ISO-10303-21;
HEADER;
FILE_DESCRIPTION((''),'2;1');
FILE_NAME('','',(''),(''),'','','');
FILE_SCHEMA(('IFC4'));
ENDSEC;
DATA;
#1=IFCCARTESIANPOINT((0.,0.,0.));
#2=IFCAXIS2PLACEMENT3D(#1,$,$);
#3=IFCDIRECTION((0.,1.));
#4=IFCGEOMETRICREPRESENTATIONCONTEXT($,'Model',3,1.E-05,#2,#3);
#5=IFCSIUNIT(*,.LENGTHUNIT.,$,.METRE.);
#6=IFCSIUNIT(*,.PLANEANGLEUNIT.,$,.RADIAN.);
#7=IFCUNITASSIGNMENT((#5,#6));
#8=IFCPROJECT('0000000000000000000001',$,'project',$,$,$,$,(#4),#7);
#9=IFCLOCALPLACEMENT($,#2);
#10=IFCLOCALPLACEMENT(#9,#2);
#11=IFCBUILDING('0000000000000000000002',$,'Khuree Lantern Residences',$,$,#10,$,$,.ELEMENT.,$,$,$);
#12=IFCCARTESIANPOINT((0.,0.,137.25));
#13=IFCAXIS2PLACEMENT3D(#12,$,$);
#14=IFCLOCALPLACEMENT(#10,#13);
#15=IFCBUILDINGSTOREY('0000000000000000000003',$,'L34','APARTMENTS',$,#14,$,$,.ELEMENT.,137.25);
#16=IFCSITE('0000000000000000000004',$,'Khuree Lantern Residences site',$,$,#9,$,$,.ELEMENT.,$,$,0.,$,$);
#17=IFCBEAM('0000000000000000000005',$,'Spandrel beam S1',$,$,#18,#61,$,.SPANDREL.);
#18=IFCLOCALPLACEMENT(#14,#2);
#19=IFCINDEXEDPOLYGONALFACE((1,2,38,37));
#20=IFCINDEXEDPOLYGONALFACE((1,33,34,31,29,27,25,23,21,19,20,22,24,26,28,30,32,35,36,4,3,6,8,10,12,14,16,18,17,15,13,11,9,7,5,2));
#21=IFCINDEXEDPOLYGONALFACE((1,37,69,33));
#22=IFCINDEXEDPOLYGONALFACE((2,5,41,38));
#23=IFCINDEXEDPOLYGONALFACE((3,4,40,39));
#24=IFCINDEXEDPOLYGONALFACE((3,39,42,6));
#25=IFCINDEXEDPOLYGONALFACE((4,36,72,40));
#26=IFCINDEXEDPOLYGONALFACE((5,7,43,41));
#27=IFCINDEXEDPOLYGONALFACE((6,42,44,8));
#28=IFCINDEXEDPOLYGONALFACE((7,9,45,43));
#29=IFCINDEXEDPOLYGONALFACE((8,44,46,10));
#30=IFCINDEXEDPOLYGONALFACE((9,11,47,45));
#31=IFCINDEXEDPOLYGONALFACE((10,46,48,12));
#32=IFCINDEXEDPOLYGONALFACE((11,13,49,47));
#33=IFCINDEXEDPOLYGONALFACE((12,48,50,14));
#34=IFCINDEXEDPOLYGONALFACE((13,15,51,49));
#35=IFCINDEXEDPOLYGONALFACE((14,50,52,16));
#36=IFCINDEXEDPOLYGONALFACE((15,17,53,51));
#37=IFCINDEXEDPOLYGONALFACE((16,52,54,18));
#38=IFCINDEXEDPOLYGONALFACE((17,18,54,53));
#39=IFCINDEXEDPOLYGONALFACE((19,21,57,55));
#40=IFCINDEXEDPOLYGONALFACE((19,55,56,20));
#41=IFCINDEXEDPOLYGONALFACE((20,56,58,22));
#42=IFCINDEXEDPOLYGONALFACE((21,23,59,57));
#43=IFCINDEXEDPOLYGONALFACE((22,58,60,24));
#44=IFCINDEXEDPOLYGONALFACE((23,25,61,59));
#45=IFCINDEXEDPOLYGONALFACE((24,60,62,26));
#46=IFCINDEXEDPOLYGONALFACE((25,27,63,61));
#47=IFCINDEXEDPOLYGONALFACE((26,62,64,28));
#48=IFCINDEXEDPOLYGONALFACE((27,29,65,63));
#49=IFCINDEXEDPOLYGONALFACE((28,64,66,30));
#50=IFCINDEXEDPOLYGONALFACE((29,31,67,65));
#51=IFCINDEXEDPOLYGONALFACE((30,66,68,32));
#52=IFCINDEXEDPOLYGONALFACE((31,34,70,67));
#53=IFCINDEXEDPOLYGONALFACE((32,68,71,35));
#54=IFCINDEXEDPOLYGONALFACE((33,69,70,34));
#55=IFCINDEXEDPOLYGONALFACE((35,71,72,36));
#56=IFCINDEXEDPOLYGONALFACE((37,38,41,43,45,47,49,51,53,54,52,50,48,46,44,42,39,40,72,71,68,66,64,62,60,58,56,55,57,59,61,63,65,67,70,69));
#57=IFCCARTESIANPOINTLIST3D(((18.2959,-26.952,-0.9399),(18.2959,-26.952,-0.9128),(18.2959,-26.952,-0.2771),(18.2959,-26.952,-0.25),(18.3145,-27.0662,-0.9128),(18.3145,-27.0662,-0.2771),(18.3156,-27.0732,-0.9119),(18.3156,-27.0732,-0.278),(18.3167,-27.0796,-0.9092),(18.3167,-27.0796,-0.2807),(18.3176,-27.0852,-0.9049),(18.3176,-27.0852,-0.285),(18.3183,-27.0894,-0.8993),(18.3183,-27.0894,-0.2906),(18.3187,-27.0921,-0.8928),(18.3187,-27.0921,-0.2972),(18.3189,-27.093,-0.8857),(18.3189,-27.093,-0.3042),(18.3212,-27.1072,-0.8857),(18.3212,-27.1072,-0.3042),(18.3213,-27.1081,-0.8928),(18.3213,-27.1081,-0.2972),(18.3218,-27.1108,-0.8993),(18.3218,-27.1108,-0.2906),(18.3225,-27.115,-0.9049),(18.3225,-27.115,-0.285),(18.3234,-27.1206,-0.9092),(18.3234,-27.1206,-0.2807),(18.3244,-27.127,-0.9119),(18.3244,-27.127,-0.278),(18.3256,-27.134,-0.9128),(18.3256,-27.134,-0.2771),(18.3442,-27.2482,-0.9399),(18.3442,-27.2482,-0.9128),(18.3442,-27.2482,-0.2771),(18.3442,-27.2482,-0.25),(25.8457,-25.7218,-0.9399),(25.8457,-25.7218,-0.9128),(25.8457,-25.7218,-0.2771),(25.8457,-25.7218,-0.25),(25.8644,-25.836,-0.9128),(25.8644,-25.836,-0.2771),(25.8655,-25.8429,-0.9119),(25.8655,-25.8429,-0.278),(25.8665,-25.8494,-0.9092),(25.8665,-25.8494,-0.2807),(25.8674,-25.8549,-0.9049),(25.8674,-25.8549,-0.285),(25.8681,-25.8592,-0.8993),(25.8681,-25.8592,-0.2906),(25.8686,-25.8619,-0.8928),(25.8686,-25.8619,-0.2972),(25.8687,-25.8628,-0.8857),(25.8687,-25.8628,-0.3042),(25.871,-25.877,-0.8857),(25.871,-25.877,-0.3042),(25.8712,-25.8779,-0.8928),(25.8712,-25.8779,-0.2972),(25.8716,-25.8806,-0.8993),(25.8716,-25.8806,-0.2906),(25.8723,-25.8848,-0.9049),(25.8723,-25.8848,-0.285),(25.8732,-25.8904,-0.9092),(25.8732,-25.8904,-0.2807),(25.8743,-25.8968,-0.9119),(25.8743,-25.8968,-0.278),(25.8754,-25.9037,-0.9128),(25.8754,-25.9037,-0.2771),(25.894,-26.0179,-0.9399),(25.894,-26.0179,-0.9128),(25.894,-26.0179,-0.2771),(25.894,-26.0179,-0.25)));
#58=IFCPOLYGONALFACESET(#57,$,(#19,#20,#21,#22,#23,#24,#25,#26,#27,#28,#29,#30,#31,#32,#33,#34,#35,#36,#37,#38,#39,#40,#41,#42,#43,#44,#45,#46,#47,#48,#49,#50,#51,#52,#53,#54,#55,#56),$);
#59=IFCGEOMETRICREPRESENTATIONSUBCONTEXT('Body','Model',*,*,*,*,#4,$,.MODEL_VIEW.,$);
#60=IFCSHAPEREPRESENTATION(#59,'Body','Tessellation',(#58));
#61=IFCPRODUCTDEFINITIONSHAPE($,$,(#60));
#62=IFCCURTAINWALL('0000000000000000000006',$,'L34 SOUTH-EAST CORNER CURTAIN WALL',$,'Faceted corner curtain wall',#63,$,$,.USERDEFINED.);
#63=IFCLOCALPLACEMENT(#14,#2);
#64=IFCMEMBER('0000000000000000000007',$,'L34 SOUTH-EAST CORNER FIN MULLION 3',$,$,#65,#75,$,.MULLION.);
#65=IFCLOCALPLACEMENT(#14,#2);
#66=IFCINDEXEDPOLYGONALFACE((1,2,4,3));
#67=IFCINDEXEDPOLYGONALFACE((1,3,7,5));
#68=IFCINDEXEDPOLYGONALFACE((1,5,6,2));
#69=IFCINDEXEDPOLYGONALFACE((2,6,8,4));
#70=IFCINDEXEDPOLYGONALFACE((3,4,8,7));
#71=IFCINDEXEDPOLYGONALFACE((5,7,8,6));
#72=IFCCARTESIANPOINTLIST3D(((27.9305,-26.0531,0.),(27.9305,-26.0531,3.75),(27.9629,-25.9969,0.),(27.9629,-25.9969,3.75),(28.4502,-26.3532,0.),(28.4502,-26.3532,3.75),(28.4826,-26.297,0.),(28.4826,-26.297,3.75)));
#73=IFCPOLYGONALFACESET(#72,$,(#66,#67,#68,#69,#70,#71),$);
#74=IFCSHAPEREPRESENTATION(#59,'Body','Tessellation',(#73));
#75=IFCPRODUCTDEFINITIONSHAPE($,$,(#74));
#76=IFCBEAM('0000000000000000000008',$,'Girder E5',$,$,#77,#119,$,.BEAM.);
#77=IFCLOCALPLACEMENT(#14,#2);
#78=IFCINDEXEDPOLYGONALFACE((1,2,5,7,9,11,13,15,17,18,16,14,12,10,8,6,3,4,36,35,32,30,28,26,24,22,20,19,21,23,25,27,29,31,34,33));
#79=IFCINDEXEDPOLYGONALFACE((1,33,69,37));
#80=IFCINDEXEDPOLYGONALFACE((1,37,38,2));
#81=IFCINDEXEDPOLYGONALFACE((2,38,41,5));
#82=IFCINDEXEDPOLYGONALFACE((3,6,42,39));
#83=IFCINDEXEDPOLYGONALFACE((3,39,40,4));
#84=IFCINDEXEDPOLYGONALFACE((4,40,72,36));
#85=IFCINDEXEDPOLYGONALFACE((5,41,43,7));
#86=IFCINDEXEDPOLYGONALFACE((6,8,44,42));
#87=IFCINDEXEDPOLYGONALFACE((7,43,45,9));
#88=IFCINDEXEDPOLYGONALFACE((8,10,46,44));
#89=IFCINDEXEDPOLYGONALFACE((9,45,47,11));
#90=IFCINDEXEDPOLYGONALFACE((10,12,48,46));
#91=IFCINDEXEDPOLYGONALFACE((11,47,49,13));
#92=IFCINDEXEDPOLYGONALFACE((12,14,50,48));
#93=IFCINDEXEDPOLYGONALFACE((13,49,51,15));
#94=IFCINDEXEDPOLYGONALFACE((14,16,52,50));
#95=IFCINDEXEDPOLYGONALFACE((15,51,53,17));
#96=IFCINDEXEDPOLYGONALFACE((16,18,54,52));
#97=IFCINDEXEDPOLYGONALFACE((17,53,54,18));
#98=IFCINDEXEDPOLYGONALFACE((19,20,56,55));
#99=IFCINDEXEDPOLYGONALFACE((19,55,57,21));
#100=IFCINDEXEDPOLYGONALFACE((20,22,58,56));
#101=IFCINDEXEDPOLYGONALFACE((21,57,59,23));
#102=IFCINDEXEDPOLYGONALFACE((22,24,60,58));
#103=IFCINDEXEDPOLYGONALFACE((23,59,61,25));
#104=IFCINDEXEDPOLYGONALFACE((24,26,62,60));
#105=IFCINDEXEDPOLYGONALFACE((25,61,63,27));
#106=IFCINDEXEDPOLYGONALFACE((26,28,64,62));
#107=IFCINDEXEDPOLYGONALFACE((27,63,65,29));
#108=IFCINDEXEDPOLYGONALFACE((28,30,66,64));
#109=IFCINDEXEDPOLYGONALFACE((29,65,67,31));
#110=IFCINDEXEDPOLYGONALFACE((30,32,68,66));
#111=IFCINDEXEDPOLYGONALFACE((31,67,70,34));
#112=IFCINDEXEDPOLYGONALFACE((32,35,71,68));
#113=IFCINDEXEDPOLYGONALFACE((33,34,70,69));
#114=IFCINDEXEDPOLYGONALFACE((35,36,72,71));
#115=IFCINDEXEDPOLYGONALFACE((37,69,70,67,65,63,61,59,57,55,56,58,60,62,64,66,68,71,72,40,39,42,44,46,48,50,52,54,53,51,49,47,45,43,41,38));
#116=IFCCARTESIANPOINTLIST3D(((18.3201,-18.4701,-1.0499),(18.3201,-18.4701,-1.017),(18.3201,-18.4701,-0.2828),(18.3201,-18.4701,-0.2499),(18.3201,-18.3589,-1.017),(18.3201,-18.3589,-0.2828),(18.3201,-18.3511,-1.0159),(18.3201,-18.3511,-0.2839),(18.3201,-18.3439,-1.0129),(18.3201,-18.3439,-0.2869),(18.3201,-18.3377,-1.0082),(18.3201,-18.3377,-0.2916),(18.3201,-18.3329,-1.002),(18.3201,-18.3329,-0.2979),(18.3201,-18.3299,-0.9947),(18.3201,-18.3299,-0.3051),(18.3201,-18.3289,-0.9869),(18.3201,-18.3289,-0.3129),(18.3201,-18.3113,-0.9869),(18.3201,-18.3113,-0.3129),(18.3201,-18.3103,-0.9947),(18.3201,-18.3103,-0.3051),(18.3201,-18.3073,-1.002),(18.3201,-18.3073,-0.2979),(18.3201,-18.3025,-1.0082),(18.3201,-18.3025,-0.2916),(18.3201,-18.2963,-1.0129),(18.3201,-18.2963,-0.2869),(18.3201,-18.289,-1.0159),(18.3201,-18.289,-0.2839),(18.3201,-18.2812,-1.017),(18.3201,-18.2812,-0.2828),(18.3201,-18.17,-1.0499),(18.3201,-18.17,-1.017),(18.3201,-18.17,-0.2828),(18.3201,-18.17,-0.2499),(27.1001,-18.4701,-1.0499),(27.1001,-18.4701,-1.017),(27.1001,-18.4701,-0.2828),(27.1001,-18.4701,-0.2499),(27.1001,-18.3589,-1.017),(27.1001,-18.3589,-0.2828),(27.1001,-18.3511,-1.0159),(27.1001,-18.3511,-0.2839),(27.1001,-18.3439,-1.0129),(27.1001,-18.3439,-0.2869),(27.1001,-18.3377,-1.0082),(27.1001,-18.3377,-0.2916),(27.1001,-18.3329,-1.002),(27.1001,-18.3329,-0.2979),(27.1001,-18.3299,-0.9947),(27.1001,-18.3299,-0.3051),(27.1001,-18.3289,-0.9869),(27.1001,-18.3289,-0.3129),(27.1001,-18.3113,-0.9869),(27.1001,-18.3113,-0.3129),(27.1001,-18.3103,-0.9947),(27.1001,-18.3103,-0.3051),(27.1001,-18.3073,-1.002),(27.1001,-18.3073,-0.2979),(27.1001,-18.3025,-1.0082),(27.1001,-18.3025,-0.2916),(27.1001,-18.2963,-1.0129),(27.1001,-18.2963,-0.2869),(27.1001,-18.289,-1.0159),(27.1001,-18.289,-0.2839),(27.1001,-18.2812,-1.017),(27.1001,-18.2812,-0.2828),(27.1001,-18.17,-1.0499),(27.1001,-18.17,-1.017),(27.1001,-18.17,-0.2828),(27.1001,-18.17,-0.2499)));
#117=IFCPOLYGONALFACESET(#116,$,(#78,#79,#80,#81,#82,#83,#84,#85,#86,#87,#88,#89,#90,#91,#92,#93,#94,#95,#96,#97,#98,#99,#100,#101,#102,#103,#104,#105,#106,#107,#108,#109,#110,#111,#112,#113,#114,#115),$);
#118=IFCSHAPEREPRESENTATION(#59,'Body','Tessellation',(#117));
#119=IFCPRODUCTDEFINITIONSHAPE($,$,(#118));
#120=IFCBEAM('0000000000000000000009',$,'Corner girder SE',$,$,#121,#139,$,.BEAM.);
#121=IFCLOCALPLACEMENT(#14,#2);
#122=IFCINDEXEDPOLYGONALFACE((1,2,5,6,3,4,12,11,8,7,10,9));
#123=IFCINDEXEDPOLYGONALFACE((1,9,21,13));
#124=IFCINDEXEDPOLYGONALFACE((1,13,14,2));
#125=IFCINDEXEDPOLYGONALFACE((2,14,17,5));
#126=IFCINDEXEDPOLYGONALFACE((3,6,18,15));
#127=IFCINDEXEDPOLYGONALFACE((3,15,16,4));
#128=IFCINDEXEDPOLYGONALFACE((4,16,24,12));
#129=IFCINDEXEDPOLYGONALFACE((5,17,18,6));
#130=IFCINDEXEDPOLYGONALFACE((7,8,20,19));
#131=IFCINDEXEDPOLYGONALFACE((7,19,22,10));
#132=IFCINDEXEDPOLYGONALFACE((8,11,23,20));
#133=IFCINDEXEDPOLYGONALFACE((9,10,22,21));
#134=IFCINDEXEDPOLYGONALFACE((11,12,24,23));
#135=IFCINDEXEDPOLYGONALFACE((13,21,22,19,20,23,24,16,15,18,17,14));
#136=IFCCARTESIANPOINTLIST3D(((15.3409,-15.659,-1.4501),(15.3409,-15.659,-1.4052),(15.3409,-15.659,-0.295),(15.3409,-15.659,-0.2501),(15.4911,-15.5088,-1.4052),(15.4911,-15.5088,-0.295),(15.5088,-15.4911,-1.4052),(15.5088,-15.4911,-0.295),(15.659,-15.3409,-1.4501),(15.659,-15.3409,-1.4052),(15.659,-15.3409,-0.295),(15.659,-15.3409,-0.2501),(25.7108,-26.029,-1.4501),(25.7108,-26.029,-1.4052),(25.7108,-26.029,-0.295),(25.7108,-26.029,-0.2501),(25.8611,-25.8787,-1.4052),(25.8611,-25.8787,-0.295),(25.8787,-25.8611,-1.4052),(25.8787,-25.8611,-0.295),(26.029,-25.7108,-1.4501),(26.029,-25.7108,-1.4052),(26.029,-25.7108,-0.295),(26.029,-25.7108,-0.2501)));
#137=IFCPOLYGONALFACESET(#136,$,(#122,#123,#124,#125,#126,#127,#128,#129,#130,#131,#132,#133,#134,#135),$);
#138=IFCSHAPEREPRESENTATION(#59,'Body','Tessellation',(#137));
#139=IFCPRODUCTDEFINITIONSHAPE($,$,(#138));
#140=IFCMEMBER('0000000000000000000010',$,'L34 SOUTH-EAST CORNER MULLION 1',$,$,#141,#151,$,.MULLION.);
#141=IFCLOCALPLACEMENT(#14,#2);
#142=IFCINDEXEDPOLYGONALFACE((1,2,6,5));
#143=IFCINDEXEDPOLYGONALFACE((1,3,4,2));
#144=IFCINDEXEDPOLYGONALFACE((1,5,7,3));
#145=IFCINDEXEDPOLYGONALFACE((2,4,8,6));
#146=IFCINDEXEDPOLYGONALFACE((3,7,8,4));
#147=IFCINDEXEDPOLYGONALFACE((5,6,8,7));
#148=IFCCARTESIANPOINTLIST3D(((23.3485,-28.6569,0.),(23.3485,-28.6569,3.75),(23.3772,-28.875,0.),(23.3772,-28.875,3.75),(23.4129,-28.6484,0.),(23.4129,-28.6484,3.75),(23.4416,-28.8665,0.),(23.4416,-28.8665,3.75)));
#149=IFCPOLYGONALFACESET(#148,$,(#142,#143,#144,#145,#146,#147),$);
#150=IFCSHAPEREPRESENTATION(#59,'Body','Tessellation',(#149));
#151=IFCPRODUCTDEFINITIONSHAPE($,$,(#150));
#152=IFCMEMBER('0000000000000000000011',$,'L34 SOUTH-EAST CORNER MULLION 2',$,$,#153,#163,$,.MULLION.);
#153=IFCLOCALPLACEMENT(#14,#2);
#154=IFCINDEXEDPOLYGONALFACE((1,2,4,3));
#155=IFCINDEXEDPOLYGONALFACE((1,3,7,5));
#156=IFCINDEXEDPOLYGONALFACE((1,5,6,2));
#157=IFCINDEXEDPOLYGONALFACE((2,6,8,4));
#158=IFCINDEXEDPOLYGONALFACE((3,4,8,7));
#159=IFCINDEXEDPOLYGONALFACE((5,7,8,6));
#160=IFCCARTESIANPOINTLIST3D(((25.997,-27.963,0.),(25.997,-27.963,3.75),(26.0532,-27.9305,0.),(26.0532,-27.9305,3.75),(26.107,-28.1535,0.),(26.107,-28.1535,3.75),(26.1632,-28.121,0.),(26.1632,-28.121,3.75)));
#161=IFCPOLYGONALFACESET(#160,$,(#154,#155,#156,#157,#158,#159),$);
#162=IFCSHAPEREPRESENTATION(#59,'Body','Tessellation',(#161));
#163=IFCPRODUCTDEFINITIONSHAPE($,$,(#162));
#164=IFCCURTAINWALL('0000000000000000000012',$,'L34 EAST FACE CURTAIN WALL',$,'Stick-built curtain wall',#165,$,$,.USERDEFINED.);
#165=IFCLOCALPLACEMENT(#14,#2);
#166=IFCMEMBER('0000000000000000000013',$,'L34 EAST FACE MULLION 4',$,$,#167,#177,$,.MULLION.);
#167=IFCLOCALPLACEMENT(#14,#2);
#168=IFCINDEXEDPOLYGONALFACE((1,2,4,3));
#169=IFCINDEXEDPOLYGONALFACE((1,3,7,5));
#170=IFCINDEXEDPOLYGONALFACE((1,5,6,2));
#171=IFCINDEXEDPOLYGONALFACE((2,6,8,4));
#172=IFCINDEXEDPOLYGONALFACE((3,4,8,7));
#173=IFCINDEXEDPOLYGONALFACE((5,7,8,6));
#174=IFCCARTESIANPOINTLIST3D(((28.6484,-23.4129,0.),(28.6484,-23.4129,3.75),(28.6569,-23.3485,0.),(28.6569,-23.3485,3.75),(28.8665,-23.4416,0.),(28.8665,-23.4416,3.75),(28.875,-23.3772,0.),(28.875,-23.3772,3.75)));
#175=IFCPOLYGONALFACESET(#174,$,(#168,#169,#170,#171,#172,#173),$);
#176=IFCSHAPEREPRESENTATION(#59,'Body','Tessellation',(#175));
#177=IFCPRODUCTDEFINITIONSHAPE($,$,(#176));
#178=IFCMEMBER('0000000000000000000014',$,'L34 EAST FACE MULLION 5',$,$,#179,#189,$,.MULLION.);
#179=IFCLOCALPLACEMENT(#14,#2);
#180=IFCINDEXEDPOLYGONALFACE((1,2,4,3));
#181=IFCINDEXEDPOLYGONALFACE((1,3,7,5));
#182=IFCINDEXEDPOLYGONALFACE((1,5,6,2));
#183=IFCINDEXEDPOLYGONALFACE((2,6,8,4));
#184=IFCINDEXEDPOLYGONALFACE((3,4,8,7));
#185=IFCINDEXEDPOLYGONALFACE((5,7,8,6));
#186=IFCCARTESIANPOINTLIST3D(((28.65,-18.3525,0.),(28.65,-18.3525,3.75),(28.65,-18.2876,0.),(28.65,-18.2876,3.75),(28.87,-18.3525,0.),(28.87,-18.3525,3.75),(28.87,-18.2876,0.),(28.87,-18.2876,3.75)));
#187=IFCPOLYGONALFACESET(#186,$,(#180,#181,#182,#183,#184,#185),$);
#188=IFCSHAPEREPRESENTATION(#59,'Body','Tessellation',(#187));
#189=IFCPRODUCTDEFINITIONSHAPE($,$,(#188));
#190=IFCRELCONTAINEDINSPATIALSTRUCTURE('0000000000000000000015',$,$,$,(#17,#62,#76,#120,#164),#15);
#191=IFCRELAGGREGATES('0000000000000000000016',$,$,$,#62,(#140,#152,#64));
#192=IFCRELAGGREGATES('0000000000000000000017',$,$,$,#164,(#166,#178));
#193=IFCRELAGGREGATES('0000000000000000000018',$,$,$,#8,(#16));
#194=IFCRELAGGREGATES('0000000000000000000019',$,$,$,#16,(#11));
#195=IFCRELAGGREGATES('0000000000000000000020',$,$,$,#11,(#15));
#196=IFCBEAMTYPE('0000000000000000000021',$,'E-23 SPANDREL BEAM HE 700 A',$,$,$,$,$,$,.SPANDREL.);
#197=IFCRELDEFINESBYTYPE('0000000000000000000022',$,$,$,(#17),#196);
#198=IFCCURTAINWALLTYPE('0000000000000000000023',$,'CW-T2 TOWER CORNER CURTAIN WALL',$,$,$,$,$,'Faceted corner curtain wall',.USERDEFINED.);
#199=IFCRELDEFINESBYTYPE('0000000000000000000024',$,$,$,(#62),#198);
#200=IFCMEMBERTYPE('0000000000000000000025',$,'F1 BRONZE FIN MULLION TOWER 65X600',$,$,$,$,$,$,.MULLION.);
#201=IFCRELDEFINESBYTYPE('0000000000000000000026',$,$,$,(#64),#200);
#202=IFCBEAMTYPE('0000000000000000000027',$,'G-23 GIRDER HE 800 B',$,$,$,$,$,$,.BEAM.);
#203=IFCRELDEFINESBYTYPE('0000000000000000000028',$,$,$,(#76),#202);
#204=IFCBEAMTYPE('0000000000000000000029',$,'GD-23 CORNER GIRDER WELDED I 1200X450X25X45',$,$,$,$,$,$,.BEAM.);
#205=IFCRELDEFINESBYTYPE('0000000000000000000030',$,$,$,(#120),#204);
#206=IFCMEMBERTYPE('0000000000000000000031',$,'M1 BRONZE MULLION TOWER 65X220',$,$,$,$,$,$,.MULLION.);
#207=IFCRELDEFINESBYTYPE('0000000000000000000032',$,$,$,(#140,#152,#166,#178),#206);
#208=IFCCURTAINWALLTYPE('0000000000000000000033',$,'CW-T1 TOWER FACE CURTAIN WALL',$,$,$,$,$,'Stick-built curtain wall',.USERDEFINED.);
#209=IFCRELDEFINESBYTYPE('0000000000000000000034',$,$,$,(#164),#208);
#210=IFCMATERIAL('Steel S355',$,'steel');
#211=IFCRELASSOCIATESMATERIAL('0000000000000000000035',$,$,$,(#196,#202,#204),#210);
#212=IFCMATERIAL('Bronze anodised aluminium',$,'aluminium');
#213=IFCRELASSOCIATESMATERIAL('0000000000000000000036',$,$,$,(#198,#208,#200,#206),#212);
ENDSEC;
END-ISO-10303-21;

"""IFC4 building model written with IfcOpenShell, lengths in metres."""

from ifc_helpers import new_model, si_unit, direction, frame, origin, origin_2d, place, context, subcontext, project, spatial, rectangle, i_section, extrude, material, material_profile, profile_set, type_object, element, aggregate, save


model = new_model("IFC4")

# Units and contexts
model_context = context("Model", 3, precision=1e-05, world=origin(), true_north=direction((0.0, 1.0)))
body_context = subcontext(model_context, "Body", "Model", "MODEL_VIEW")
ifc_project = project(units=[si_unit("LENGTHUNIT", "METRE"), si_unit("PLANEANGLEUNIT", "RADIAN")], contexts=[model_context])

# Site, building, storey
site_placement = place(None, origin())
site = spatial("IfcSite", under=ifc_project, at=site_placement, Name="Khuree Lantern Residences site", CompositionType="ELEMENT", RefElevation=0.0)
building_placement = place(site_placement, origin())
building = spatial("IfcBuilding", under=site, at=building_placement, Name="Khuree Lantern Residences", CompositionType="ELEMENT")
storey_placement = place(building_placement, frame((0.0, 0.0, 137.25)))
storey = spatial("IfcBuildingStorey", under=building, at=storey_placement, Name="L34", Description="APARTMENTS", CompositionType="ELEMENT", Elevation=137.25)

# Beam
ifc_material_1 = material(Name="Steel S355", Category="steel")
ifc_material_profile_1 = material_profile(ifc_material_1, i_section(OverallWidth=0.3, OverallDepth=0.6899, WebThickness=0.0144, FlangeThickness=0.0271, FilletRadius=0.0271, at=origin_2d()), Name="HE 700 A")
ifc_profile_set_1 = profile_set([ifc_material_profile_1], Name="Steel S355")
beam_type_1 = type_object("IfcBeamType", Name="E-23 SPANDREL BEAM HE 700 A", PredefinedType="SPANDREL", material=ifc_profile_set_1)
for number, where, z_axis, x_axis, name in (
    (1, (25.8699, -25.8699, -0.595), (-0.986983, -0.160827, 0.0), (0.160827, -0.986983, 0.0), "Spandrel beam S1"),
):
    element("IfcBeam", number, at=place(storey_placement, frame(where, z_axis=z_axis, x_axis=x_axis)), inside=storey, type_object=beam_type_1, Name=name, PredefinedType="SPANDREL", context=body_context, shape_type="SweptSolid", body=[
        extrude(i_section(OverallWidth=0.3, OverallDepth=0.6899, WebThickness=0.0144, FlangeThickness=0.0271, FilletRadius=0.0271, at=origin_2d()), origin(), (0.0, 0.0, 1.0), 7.6494),
    ])

# Curtain wall, member
ifc_material_2 = material(Name="Bronze anodised aluminium", Category="aluminium")
curtain_wall_type_1 = type_object("IfcCurtainWallType", Name="CW-T2 TOWER CORNER CURTAIN WALL", ElementType="Faceted corner curtain wall", PredefinedType="USERDEFINED", material=ifc_material_2)
curtain_wall_1_placement = place(storey_placement, origin())
curtain_wall_1 = element("IfcCurtainWall", 2, at=curtain_wall_1_placement, inside=storey, type_object=curtain_wall_type_1, Name="L34 SOUTH-EAST CORNER CURTAIN WALL", ObjectType="Faceted corner curtain wall", PredefinedType="USERDEFINED")
ifc_material_profile_2 = material_profile(ifc_material_2, rectangle(XDim=0.0649, YDim=0.6001, at=origin_2d()), Name="F1 65X600")
ifc_profile_set_2 = profile_set([ifc_material_profile_2], Name="Bronze anodised aluminium")
member_type_1 = type_object("IfcMemberType", Name="F1 BRONZE FIN MULLION TOWER 65X600", PredefinedType="MULLION", material=ifc_profile_set_2)
member_1_placement = place(storey_placement, frame((28.2065, -26.175, 0.0), z_axis=(0.0, 0.0, 1.0), x_axis=(0.5, 0.866025, 0.0)))
member_1 = element("IfcMember", 3, at=member_1_placement, type_object=member_type_1, Name="L34 SOUTH-EAST CORNER FIN MULLION 3", PredefinedType="MULLION", context=body_context, shape_type="SweptSolid", body=[
    extrude(rectangle(XDim=0.0649, YDim=0.6001, at=origin_2d()), origin(), (0.0, 0.0, 1.0), 3.75),
])

# Beams
ifc_material_profile_3 = material_profile(ifc_material_1, i_section(OverallWidth=0.3, OverallDepth=0.8, WebThickness=0.0176, FlangeThickness=0.033, FilletRadius=0.03, at=origin_2d()), Name="HE 800 B")
ifc_profile_set_3 = profile_set([ifc_material_profile_3], Name="Steel S355")
beam_type_2 = type_object("IfcBeamType", Name="G-23 GIRDER HE 800 B", PredefinedType="BEAM", material=ifc_profile_set_3)
beam_1_placement = place(storey_placement, frame((27.1001, -18.3201, -0.6499), z_axis=(-1.0, 0.0, 0.0), x_axis=(0.0, -1.0, 0.0)))
element("IfcBeam", 4, at=beam_1_placement, inside=storey, type_object=beam_type_2, Name="Girder E5", PredefinedType="BEAM", context=body_context, shape_type="SweptSolid", body=[
    extrude(i_section(OverallWidth=0.3, OverallDepth=0.8, WebThickness=0.0176, FlangeThickness=0.033, FilletRadius=0.03, at=origin_2d()), origin(), (0.0, 0.0, 1.0), 8.78),
])
ifc_material_profile_4 = material_profile(ifc_material_1, i_section(OverallWidth=0.45, OverallDepth=1.2, WebThickness=0.0249, FlangeThickness=0.0449, at=origin_2d()), Name="WELDED I 1200X450X25X45")
ifc_profile_set_4 = profile_set([ifc_material_profile_4], Name="Steel S355")
beam_type_3 = type_object("IfcBeamType", Name="GD-23 CORNER GIRDER WELDED I 1200X450X25X45", PredefinedType="BEAM", material=ifc_profile_set_4)
beam_2_placement = place(storey_placement, frame((25.8699, -25.8699, -0.8501), z_axis=(-0.707107, 0.707107, 0.0), x_axis=(-0.707107, -0.707107, 0.0)))
element("IfcBeam", 5, at=beam_2_placement, inside=storey, type_object=beam_type_3, Name="Corner girder SE", PredefinedType="BEAM", context=body_context, shape_type="SweptSolid", body=[
    extrude(i_section(OverallWidth=0.45, OverallDepth=1.2, WebThickness=0.0249, FlangeThickness=0.0449, at=origin_2d()), origin(), (0.0, 0.0, 1.0), 14.6653),
])

# Members
ifc_material_profile_5 = material_profile(ifc_material_2, rectangle(XDim=0.0649, YDim=0.22, at=origin_2d()), Name="M1 65X220")
ifc_profile_set_5 = profile_set([ifc_material_profile_5], Name="Bronze anodised aluminium")
member_type_2 = type_object("IfcMemberType", Name="M1 BRONZE MULLION TOWER 65X220", PredefinedType="MULLION", material=ifc_profile_set_5)
member_2_placement = place(storey_placement, frame((23.395, -28.7617, 0.0), z_axis=(0.0, 0.0, 1.0), x_axis=(0.991445, 0.130526, 0.0)))
member_2 = element("IfcMember", 6, at=member_2_placement, type_object=member_type_2, Name="L34 SOUTH-EAST CORNER MULLION 1", PredefinedType="MULLION", context=body_context, shape_type="SweptSolid", body=[
    extrude(rectangle(XDim=0.0649, YDim=0.22, at=origin_2d()), origin(), (0.0, 0.0, 1.0), 3.75),
])
member_3_placement = place(storey_placement, frame((26.0801, -28.042, 0.0), z_axis=(0.0, 0.0, 1.0), x_axis=(0.866025, 0.5, 0.0)))
member_3 = element("IfcMember", 7, at=member_3_placement, type_object=member_type_2, Name="L34 SOUTH-EAST CORNER MULLION 2", PredefinedType="MULLION", context=body_context, shape_type="SweptSolid", body=[
    extrude(rectangle(XDim=0.0649, YDim=0.22, at=origin_2d()), origin(), (0.0, 0.0, 1.0), 3.75),
])

# Curtain wall, members
curtain_wall_type_2 = type_object("IfcCurtainWallType", Name="CW-T1 TOWER FACE CURTAIN WALL", ElementType="Stick-built curtain wall", PredefinedType="USERDEFINED", material=ifc_material_2)
curtain_wall_2_placement = place(storey_placement, origin())
curtain_wall_2 = element("IfcCurtainWall", 8, at=curtain_wall_2_placement, inside=storey, type_object=curtain_wall_type_2, Name="L34 EAST FACE CURTAIN WALL", ObjectType="Stick-built curtain wall", PredefinedType="USERDEFINED")
member_4_placement = place(storey_placement, frame((28.7617, -23.395, 0.0), z_axis=(0.0, 0.0, 1.0), x_axis=(0.130526, 0.991445, 0.0)))
member_4 = element("IfcMember", 9, at=member_4_placement, type_object=member_type_2, Name="L34 EAST FACE MULLION 4", PredefinedType="MULLION", context=body_context, shape_type="SweptSolid", body=[
    extrude(rectangle(XDim=0.0649, YDim=0.22, at=origin_2d()), origin(), (0.0, 0.0, 1.0), 3.75),
])
member_5_placement = place(storey_placement, frame((28.76, -18.3201, 0.0), z_axis=(0.0, 0.0, 1.0), x_axis=(0.0, 1.0, 0.0)))
member_5 = element("IfcMember", 10, at=member_5_placement, type_object=member_type_2, Name="L34 EAST FACE MULLION 5", PredefinedType="MULLION", context=body_context, shape_type="SweptSolid", body=[
    extrude(rectangle(XDim=0.0649, YDim=0.22, at=origin_2d()), origin(), (0.0, 0.0, 1.0), 3.75),
])

aggregate(curtain_wall_1, [member_2, member_3, member_1])

aggregate(curtain_wall_2, [member_4, member_5])

save(model, "model.ifc")
